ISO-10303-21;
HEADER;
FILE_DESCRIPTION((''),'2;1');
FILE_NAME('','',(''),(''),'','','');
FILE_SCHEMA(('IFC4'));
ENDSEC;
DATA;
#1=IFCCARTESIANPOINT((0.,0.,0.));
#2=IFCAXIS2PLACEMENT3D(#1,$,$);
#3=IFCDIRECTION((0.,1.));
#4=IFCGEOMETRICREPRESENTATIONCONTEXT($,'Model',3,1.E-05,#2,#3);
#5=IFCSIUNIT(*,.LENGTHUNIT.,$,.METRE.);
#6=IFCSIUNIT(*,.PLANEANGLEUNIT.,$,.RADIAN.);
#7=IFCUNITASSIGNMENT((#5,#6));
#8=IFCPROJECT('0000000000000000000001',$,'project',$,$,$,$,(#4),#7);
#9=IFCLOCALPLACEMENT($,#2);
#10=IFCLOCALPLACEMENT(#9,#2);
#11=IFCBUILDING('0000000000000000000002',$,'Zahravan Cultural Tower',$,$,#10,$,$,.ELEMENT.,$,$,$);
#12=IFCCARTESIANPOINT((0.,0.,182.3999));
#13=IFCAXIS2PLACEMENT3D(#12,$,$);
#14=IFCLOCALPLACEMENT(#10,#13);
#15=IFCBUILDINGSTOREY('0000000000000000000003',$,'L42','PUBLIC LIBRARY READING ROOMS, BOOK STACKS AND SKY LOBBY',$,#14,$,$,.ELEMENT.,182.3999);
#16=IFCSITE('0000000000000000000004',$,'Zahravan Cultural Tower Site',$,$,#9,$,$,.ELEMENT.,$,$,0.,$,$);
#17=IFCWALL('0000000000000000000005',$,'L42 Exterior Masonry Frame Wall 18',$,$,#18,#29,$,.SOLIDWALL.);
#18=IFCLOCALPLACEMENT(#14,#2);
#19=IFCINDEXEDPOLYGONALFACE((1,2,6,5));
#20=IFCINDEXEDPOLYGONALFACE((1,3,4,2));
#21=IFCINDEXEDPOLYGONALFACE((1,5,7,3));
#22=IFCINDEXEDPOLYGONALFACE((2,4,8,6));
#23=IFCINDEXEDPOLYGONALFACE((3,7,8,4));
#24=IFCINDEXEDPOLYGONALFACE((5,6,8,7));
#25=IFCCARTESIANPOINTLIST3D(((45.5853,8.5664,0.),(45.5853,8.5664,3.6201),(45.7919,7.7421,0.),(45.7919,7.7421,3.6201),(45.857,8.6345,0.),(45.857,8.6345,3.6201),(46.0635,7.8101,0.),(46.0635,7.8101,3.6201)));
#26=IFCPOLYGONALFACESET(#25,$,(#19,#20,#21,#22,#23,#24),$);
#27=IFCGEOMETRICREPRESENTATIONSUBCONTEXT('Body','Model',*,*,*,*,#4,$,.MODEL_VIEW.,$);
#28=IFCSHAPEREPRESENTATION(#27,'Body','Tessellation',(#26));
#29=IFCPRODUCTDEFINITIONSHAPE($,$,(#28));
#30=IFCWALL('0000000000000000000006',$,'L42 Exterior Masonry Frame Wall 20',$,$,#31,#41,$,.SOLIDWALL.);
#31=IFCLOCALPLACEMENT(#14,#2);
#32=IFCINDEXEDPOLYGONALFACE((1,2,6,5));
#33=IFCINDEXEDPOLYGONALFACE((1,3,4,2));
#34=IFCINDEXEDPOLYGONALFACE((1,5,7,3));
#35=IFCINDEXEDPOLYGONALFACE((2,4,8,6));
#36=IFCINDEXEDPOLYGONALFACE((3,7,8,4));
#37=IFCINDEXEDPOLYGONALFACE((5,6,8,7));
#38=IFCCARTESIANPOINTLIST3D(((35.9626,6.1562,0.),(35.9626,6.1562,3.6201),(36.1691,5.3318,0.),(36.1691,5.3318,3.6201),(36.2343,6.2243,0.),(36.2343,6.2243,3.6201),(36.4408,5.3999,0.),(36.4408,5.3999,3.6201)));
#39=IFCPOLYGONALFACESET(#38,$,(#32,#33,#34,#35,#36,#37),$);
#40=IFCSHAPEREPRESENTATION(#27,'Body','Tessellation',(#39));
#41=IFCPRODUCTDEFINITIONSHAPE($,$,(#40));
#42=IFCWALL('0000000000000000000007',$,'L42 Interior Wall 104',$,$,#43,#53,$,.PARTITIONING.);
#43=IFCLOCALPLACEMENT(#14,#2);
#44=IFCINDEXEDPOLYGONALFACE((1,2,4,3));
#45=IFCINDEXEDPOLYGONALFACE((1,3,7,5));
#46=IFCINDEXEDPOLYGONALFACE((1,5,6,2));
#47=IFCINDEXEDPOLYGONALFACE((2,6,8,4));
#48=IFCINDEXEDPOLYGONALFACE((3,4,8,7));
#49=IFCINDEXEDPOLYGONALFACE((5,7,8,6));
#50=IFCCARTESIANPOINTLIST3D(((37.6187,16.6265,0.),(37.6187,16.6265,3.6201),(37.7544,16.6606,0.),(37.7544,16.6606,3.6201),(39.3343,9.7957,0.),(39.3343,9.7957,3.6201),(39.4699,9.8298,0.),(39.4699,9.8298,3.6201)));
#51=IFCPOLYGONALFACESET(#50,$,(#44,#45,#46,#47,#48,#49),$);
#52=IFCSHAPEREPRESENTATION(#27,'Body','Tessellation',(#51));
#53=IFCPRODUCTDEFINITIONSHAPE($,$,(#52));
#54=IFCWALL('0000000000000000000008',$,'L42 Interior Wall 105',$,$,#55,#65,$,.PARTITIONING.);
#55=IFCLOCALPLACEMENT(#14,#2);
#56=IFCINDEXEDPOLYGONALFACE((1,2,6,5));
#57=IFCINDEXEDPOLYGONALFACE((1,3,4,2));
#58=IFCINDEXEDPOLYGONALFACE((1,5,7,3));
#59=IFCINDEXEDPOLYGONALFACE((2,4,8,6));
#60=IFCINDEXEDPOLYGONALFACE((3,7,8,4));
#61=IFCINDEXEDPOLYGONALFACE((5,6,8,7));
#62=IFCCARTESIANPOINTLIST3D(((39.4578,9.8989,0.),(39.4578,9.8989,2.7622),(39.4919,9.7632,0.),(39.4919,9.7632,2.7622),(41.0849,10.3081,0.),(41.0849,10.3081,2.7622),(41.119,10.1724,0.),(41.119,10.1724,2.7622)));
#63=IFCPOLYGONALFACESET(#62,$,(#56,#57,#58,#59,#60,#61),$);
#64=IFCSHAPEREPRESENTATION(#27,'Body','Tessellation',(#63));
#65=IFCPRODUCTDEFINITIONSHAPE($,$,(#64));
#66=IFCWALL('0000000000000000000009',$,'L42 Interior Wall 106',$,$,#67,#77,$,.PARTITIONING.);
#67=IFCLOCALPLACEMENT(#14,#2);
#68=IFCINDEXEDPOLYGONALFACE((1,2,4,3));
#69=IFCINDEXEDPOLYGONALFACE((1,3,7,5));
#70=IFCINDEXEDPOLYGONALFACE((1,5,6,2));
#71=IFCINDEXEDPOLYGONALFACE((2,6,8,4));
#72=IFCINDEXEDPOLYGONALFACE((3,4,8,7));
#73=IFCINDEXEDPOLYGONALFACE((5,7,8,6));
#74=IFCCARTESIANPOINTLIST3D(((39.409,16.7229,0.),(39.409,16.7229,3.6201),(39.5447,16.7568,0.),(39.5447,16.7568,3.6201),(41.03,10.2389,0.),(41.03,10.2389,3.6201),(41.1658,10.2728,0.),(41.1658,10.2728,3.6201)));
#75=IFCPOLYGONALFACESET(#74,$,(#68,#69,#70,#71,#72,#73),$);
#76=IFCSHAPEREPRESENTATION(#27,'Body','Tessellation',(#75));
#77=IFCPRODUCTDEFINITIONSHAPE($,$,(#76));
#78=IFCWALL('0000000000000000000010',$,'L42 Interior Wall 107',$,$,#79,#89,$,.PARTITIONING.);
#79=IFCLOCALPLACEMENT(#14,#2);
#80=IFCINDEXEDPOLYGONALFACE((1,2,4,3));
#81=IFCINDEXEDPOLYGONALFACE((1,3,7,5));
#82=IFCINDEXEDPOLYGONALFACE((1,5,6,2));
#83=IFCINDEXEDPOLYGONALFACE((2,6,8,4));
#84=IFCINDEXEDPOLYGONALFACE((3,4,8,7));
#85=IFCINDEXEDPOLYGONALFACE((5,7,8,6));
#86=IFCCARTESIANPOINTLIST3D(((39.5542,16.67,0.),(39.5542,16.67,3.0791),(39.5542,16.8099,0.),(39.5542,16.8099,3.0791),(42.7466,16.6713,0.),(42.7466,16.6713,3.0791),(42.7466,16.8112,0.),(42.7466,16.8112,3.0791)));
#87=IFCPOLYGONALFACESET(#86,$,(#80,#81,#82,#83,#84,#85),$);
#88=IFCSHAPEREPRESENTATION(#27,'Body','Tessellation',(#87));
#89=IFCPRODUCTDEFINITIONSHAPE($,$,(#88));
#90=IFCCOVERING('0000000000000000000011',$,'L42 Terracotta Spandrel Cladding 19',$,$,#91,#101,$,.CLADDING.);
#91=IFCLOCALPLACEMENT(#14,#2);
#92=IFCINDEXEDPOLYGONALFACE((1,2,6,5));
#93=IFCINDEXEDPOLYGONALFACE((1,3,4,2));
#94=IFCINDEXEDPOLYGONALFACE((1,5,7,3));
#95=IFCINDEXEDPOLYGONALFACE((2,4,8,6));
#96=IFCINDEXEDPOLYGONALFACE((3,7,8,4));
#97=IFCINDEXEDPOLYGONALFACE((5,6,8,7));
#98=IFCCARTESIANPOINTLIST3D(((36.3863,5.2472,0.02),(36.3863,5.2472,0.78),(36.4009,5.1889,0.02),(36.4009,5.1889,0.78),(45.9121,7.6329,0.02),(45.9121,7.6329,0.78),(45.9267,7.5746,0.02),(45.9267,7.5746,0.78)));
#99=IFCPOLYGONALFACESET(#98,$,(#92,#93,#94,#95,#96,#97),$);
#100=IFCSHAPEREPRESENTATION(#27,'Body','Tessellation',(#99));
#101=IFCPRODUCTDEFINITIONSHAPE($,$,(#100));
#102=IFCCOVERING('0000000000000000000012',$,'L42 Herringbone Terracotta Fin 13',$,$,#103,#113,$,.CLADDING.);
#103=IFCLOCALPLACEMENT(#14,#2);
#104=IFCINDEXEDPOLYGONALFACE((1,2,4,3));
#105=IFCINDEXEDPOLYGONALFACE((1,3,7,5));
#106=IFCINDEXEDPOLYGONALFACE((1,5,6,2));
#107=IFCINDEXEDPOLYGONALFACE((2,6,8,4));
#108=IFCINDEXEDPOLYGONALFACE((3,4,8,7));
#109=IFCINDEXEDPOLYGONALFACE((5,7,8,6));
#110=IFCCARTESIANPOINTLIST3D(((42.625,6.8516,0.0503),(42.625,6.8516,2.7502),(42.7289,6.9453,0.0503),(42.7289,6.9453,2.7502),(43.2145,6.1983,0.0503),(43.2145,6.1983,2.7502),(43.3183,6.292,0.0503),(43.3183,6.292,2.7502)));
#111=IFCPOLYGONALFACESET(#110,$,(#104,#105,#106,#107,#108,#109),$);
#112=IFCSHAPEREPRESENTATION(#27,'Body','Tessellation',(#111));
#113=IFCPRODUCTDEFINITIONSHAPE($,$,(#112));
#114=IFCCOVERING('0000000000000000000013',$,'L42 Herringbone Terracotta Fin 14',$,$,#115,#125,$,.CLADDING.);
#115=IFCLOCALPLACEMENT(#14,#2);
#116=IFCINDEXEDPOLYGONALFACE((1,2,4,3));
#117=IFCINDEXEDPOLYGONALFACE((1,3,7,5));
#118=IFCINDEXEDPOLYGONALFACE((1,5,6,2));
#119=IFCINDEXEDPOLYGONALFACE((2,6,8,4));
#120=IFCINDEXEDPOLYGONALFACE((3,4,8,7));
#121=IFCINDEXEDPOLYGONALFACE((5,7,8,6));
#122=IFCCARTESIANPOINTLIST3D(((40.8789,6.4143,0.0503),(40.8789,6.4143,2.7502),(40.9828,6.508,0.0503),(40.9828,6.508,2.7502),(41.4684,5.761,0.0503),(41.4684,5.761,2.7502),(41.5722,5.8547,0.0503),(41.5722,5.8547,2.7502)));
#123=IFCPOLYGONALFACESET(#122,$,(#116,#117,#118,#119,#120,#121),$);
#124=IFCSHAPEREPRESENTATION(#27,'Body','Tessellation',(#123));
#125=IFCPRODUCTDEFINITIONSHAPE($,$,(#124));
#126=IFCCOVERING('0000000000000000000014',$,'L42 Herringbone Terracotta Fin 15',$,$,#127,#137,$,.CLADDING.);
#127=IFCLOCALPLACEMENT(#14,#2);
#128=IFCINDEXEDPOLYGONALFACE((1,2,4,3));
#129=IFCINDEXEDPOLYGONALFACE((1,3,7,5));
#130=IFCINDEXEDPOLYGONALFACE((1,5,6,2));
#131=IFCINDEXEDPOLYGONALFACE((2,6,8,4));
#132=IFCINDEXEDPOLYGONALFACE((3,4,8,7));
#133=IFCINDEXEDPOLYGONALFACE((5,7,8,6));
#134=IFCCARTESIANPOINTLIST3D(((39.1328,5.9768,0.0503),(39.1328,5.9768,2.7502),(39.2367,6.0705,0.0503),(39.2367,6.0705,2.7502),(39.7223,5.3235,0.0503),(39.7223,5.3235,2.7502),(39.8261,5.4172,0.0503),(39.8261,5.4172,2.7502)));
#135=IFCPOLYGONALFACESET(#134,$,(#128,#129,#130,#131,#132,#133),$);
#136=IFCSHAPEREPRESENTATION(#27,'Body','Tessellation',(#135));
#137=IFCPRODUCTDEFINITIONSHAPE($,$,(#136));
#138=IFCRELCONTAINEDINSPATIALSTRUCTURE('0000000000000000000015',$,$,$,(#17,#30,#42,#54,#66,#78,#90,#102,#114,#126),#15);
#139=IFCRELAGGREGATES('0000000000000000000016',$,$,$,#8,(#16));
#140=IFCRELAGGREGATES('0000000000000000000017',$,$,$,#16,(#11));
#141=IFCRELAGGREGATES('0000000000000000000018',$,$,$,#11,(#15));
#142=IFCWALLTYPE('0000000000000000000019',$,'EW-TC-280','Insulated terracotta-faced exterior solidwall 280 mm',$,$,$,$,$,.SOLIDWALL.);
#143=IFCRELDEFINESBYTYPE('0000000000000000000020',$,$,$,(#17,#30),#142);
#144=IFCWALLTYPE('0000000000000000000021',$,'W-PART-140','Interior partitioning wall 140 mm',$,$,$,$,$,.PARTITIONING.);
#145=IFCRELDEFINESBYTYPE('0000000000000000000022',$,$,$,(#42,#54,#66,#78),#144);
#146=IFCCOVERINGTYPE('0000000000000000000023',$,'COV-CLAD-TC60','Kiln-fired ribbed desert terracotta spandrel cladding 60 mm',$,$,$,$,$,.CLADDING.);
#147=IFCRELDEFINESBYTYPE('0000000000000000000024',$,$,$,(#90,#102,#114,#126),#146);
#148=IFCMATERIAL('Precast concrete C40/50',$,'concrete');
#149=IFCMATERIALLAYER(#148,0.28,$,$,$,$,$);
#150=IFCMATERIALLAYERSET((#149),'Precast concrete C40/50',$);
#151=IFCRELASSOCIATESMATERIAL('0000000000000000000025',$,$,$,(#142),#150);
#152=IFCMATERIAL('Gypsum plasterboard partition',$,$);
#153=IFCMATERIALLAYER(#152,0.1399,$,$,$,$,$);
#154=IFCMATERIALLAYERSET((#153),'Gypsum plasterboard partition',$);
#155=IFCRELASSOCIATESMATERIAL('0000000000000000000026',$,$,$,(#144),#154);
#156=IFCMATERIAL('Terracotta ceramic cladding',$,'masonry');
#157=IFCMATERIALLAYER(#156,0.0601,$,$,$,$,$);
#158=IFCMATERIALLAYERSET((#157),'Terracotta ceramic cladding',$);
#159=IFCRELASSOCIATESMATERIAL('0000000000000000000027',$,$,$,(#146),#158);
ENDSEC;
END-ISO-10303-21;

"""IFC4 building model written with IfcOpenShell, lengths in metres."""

from ifc_helpers import new_model, si_unit, direction, frame, frame_2d, origin, origin_2d, place, context, subcontext, project, spatial, rectangle, extrude, source, transform, mapped, material, layer, layer_set, type_object, element, save


model = new_model("IFC4")

# Units and contexts
model_context = context("Model", 3, precision=1e-05, world=origin(), true_north=direction((0.0, 1.0)))
body_context = subcontext(model_context, "Body", "Model", "MODEL_VIEW")
ifc_project = project(units=[si_unit("LENGTHUNIT", "METRE"), si_unit("PLANEANGLEUNIT", "RADIAN")], contexts=[model_context])

# Site, building, storey
site_placement = place(None, origin())
site = spatial("IfcSite", under=ifc_project, at=site_placement, Name="Zahravan Cultural Tower Site", CompositionType="ELEMENT", RefElevation=0.0)
building_placement = place(site_placement, origin())
building = spatial("IfcBuilding", under=site, at=building_placement, Name="Zahravan Cultural Tower", CompositionType="ELEMENT")
storey_placement = place(building_placement, frame((0.0, 0.0, 182.3999)))
storey = spatial("IfcBuildingStorey", under=building, at=storey_placement, Name="L42", Description="PUBLIC LIBRARY READING ROOMS, BOOK STACKS AND SKY LOBBY", CompositionType="ELEMENT", Elevation=182.3999)

# Shared definitions
ifc_material_1 = material(Name="Precast concrete C40/50", Category="concrete")
ifc_layer_1 = layer(ifc_material_1, 0.28)
ifc_layer_set_1 = layer_set([ifc_layer_1], Name="Precast concrete C40/50")
wall_type_1 = type_object("IfcWallType", Name="EW-TC-280", Description="Insulated terracotta-faced exterior solidwall 280 mm", PredefinedType="SOLIDWALL", material=ifc_layer_set_1)

# Walls
shared_shape_1 = source(origin(), body_context, "Body", "SweptSolid", [
    extrude(rectangle(XDim=0.8499, YDim=0.28, at=frame_2d((0.4248, 0.0))), origin(), (0.0, 0.0, 1.0), 3.6201),
])
for number, where, z_axis, x_axis, name in (
    (1, (45.7212, 8.6003, 0.0), (0.0, 0.0, 1.0), (0.243009, -0.970024, 0.0), "L42 Exterior Masonry Frame Wall 18"),
    (2, (36.3049, 5.366, 0.0), (0.0, 0.0, 1.0), (-0.243009, 0.970024, 0.0), "L42 Exterior Masonry Frame Wall 20"),
):
    element("IfcWall", number, at=place(storey_placement, frame(where, z_axis=z_axis, x_axis=x_axis)), inside=storey, type_object=wall_type_1, Name=name, PredefinedType="SOLIDWALL", context=body_context, shape_type="MappedRepresentation", body=[
        mapped(shared_shape_1, transform((0.0, 0.0, 0.0), x_axis=(1.0, 0.0, 0.0), y_axis=(0.0, 1.0, 0.0), z_axis=(0.0, 0.0, 1.0), scale=1.0)),
    ])
ifc_material_2 = material(Name="Gypsum plasterboard partition")
ifc_layer_2 = layer(ifc_material_2, 0.1399)
ifc_layer_set_2 = layer_set([ifc_layer_2], Name="Gypsum plasterboard partition")
wall_type_2 = type_object("IfcWallType", Name="W-PART-140", Description="Interior partitioning wall 140 mm", PredefinedType="PARTITIONING", material=ifc_layer_set_2)
shared_shape_2 = source(origin(), body_context, "Body", "SweptSolid", [
    extrude(rectangle(XDim=7.043, YDim=0.1399, at=frame_2d((3.5215, 0.0))), origin(), (0.0, 0.0, 1.0), 3.6201),
])
wall_1_placement = place(storey_placement, frame((37.6865, 16.6436, 0.0), z_axis=(0.0, 0.0, 1.0), x_axis=(0.243588, -0.969879, 0.0)))
element("IfcWall", 3, at=wall_1_placement, inside=storey, type_object=wall_type_2, Name="L42 Interior Wall 104", PredefinedType="PARTITIONING", context=body_context, shape_type="MappedRepresentation", body=[
    mapped(shared_shape_2, transform((0.0, 0.0, 0.0), x_axis=(1.0, 0.0, 0.0), y_axis=(0.0, 1.0, 0.0), z_axis=(0.0, 0.0, 1.0), scale=1.0)),
])
shared_shape_3 = source(origin(), body_context, "Body", "SweptSolid", [
    extrude(rectangle(XDim=1.6777, YDim=0.1399, at=frame_2d((0.8389, 0.0))), origin(), (0.0, 0.0, 1.0), 2.7622),
])
wall_2_placement = place(storey_placement, frame((39.4749, 9.8311, 0.0), z_axis=(0.0, 0.0, 1.0), x_axis=(0.969799, 0.243905, 0.0)))
element("IfcWall", 4, at=wall_2_placement, inside=storey, type_object=wall_type_2, Name="L42 Interior Wall 105", PredefinedType="PARTITIONING", context=body_context, shape_type="MappedRepresentation", body=[
    mapped(shared_shape_3, transform((0.0, 0.0, 0.0), x_axis=(1.0, 0.0, 0.0), y_axis=(0.0, 1.0, 0.0), z_axis=(0.0, 0.0, 1.0), scale=1.0)),
])
shared_shape_4 = source(origin(), body_context, "Body", "SweptSolid", [
    extrude(rectangle(XDim=6.6836, YDim=0.1399, at=frame_2d((3.3418, 0.0))), origin(), (0.0, 0.0, 1.0), 3.6201),
])
wall_3_placement = place(storey_placement, frame((41.0979, 10.2559, 0.0), z_axis=(0.0, 0.0, 1.0), x_axis=(-0.242544, 0.97014, 0.0)))
element("IfcWall", 5, at=wall_3_placement, inside=storey, type_object=wall_type_2, Name="L42 Interior Wall 106", PredefinedType="PARTITIONING", context=body_context, shape_type="MappedRepresentation", body=[
    mapped(shared_shape_4, transform((0.0, 0.0, 0.0), x_axis=(1.0, 0.0, 0.0), y_axis=(0.0, 1.0, 0.0), z_axis=(0.0, 0.0, 1.0), scale=1.0)),
])
shared_shape_5 = source(origin(), body_context, "Body", "SweptSolid", [
    extrude(rectangle(XDim=3.1924, YDim=0.1399, at=frame_2d((1.5962, 0.0))), origin(), (0.0, 0.0, 1.0), 3.0791),
])
wall_4_placement = place(storey_placement, frame((39.5542, 16.74, 0.0), z_axis=(0.0, 0.0, 1.0), x_axis=(1.0, 0.000382, 0.0)))
element("IfcWall", 6, at=wall_4_placement, inside=storey, type_object=wall_type_2, Name="L42 Interior Wall 107", PredefinedType="PARTITIONING", context=body_context, shape_type="MappedRepresentation", body=[
    mapped(shared_shape_5, transform((0.0, 0.0, 0.0), x_axis=(1.0, 0.0, 0.0), y_axis=(0.0, 1.0, 0.0), z_axis=(0.0, 0.0, 1.0), scale=1.0)),
])

# Coverings
ifc_material_3 = material(Name="Terracotta ceramic cladding", Category="masonry")
ifc_layer_3 = layer(ifc_material_3, 0.0601)
ifc_layer_set_3 = layer_set([ifc_layer_3], Name="Terracotta ceramic cladding")
covering_type = type_object("IfcCoveringType", Name="COV-CLAD-TC60", Description="Kiln-fired ribbed desert terracotta spandrel cladding 60 mm", PredefinedType="CLADDING", material=ifc_layer_set_3)
shared_shape_6 = source(origin(), body_context, "Body", "SweptSolid", [
    extrude(rectangle(XDim=9.8201, YDim=0.0601, at=origin_2d()), origin(), (0.0, 0.0, 1.0), 0.76),
])
covering_placement = place(storey_placement, frame((41.1565, 6.4109, 0.02), z_axis=(0.0, 0.0, 1.0), x_axis=(-0.970042, -0.242938, 0.0)))
element("IfcCovering", 7, at=covering_placement, inside=storey, type_object=covering_type, Name="L42 Terracotta Spandrel Cladding 19", PredefinedType="CLADDING", context=body_context, shape_type="MappedRepresentation", body=[
    mapped(shared_shape_6, transform((0.0, 0.0, 0.0), x_axis=(1.0, 0.0, 0.0), y_axis=(0.0, 1.0, 0.0), z_axis=(0.0, 0.0, 1.0), scale=1.0)),
])
shared_shape_7 = source(origin(), body_context, "Body", "SweptSolid", [
    extrude(rectangle(XDim=0.8799, YDim=0.1399, at=origin_2d()), origin(), (0.0, 0.0, 1.0), 2.7),
])
for number, where, z_axis, x_axis, name in (
    (8, (42.9717, 6.5718, 0.0503), (0.0, 0.0, 1.0), (0.669908, -0.742444, 0.0), "L42 Herringbone Terracotta Fin 13"),
    (9, (41.2256, 6.1345, 0.0503), (0.0, 0.0, 1.0), (0.669908, -0.742444, 0.0), "L42 Herringbone Terracotta Fin 14"),
    (10, (39.4795, 5.697, 0.0503), (0.0, 0.0, 1.0), (0.669908, -0.742444, 0.0), "L42 Herringbone Terracotta Fin 15"),
):
    element("IfcCovering", number, at=place(storey_placement, frame(where, z_axis=z_axis, x_axis=x_axis)), inside=storey, type_object=covering_type, Name=name, PredefinedType="CLADDING", context=body_context, shape_type="MappedRepresentation", body=[
        mapped(shared_shape_7, transform((0.0, 0.0, 0.0), x_axis=(1.0, 0.0, 0.0), y_axis=(0.0, 1.0, 0.0), z_axis=(0.0, 0.0, 1.0), scale=1.0)),
    ])

save(model, "model.ifc")
